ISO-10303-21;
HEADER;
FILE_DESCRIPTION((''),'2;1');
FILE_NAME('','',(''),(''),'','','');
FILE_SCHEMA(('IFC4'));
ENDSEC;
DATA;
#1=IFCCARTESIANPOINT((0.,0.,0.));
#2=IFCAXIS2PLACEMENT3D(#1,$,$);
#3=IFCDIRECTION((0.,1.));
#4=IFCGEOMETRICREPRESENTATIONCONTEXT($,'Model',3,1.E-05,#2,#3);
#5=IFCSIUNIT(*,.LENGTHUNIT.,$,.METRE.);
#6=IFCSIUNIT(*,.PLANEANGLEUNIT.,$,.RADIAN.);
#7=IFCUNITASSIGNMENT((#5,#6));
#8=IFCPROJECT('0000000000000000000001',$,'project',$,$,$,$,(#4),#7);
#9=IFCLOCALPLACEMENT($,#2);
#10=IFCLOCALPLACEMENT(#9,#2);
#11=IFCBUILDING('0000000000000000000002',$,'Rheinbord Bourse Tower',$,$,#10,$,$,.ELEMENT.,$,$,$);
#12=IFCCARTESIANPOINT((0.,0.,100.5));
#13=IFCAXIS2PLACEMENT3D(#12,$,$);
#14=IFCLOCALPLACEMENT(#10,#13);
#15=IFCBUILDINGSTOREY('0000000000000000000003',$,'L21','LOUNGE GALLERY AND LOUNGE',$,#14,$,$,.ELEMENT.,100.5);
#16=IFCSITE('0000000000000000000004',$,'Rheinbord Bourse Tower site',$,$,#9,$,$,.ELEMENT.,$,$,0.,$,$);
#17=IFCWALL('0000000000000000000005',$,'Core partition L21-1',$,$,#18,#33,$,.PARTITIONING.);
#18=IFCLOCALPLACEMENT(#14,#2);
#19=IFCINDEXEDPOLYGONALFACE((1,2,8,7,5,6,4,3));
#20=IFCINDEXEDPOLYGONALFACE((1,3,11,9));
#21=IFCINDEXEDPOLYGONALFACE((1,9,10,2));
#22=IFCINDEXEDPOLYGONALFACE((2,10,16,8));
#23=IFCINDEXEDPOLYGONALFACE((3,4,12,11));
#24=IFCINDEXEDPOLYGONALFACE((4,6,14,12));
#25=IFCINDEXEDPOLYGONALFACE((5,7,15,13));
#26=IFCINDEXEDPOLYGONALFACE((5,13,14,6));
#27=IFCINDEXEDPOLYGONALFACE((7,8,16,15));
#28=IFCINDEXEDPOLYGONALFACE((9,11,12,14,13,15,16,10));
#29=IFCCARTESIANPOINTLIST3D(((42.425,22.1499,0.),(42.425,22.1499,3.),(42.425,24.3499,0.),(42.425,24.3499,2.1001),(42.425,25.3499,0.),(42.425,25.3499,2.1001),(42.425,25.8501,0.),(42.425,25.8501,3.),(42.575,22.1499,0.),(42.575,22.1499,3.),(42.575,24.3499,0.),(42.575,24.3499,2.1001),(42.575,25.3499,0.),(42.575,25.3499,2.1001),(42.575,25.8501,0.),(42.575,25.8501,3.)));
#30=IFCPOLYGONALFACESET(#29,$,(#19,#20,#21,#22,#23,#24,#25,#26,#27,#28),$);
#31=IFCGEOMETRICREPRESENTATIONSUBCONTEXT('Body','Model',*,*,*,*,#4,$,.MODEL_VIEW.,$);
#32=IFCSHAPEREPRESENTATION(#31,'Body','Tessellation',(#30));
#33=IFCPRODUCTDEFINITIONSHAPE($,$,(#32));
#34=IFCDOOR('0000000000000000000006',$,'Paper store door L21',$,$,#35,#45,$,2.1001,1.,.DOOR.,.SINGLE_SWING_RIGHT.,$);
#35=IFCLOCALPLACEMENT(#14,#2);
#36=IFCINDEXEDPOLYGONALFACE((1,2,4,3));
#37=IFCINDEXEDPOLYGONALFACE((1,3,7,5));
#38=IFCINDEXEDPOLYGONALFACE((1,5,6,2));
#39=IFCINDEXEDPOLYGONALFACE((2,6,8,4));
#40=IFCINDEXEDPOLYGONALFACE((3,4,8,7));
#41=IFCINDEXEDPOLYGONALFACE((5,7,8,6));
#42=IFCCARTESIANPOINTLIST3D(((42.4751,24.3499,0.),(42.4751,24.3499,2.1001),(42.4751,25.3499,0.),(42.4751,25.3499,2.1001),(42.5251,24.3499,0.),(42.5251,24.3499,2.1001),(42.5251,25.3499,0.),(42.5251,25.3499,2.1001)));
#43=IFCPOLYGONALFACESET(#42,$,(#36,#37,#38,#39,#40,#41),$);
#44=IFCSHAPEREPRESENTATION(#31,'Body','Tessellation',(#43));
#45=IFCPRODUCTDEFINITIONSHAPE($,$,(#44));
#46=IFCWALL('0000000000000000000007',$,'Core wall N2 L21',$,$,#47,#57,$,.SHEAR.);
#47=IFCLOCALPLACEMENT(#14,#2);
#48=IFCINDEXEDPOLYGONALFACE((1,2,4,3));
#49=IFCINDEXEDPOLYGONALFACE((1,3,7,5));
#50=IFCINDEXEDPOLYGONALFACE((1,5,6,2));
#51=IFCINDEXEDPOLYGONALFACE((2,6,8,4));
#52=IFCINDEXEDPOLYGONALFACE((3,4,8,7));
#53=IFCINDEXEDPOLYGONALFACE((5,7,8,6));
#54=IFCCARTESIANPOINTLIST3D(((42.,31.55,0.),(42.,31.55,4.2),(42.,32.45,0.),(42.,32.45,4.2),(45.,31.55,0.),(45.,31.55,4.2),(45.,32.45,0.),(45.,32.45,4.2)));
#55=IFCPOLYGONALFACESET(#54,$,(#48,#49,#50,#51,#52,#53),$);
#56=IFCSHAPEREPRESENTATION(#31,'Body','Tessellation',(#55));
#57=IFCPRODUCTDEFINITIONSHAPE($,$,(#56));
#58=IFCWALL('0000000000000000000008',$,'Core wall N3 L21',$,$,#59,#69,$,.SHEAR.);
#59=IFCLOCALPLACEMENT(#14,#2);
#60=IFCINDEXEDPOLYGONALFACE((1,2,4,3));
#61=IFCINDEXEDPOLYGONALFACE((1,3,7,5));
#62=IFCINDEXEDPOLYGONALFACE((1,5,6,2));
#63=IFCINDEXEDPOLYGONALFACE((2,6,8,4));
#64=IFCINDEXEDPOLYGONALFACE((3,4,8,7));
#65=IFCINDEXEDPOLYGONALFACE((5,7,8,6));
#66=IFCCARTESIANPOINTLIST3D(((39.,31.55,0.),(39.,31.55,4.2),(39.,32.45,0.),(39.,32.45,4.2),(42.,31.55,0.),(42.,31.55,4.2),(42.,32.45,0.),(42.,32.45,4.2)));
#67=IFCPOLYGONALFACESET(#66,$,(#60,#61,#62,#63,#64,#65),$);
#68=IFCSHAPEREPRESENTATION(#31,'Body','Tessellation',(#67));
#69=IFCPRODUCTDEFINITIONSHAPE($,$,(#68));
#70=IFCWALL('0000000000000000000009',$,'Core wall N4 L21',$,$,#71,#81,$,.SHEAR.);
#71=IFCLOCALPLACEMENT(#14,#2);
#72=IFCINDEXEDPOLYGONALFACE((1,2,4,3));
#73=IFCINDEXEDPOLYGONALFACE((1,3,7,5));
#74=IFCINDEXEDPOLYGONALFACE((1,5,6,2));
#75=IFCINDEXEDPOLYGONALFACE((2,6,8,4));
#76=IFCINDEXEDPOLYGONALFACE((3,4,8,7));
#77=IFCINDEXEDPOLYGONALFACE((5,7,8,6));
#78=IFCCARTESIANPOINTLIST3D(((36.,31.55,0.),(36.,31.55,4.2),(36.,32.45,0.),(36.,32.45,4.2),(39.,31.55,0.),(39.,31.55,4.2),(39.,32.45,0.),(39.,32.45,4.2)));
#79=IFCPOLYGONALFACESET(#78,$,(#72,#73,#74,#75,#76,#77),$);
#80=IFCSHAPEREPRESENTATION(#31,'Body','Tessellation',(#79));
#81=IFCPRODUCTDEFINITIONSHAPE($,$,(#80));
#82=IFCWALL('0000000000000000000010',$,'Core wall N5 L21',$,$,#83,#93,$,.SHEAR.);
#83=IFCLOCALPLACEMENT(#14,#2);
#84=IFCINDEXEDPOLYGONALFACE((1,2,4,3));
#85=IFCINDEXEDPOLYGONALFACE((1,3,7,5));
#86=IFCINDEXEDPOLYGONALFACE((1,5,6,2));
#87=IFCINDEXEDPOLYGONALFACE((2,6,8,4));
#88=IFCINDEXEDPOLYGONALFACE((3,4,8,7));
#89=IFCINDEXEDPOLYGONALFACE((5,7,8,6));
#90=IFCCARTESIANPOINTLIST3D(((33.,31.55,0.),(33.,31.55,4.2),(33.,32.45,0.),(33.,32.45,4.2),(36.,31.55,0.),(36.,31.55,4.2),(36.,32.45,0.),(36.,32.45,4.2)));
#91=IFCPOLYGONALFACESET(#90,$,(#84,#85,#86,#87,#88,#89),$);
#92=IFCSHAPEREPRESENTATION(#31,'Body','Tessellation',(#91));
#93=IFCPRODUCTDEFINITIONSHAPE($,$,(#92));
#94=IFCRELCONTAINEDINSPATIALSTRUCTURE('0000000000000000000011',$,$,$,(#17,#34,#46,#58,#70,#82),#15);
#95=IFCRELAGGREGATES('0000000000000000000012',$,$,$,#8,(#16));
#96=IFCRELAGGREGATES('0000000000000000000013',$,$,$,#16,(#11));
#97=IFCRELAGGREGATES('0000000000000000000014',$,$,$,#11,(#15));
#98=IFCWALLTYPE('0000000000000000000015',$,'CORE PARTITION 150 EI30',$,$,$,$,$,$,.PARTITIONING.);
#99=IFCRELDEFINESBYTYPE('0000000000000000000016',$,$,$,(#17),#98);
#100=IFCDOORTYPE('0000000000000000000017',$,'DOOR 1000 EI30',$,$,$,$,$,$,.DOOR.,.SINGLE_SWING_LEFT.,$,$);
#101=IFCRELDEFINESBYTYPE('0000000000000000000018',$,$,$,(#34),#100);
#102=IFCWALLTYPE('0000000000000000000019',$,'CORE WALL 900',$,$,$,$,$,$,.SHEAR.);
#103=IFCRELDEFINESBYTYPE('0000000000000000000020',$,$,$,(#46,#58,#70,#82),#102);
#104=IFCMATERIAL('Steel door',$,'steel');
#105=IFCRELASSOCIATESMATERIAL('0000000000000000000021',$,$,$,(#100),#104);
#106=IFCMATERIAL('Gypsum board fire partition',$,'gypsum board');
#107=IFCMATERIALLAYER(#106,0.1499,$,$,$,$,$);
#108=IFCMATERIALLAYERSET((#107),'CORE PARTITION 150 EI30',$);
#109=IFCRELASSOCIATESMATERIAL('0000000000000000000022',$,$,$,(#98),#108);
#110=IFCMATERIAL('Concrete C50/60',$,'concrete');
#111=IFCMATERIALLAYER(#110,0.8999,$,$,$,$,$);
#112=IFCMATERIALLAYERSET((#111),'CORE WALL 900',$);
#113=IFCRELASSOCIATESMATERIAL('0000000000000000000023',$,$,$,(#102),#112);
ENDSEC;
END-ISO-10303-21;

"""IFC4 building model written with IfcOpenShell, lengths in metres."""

from ifc_helpers import new_model, si_unit, direction, frame, frame_2d, origin, place, context, subcontext, project, spatial, rectangle, extrude, material, layer, layer_set, type_object, element, fill, save


model = new_model("IFC4")

# Units and contexts
model_context = context("Model", 3, precision=1e-05, world=origin(), true_north=direction((0.0, 1.0)))
body_context = subcontext(model_context, "Body", "Model", "MODEL_VIEW")
ifc_project = project(units=[si_unit("LENGTHUNIT", "METRE"), si_unit("PLANEANGLEUNIT", "RADIAN")], contexts=[model_context])

# Site, building, storey
site_placement = place(None, origin())
site = spatial("IfcSite", under=ifc_project, at=site_placement, Name="Rheinbord Bourse Tower site", CompositionType="ELEMENT", RefElevation=0.0)
building_placement = place(site_placement, origin())
building = spatial("IfcBuilding", under=site, at=building_placement, Name="Rheinbord Bourse Tower", CompositionType="ELEMENT")
storey_placement = place(building_placement, frame((0.0, 0.0, 100.5)))
storey = spatial("IfcBuildingStorey", under=building, at=storey_placement, Name="L21", Description="LOUNGE GALLERY AND LOUNGE", CompositionType="ELEMENT", Elevation=100.5)

# Shared definitions
ifc_material_1 = material(Name="Steel door", Category="steel")
door_type_1 = type_object("IfcDoorType", Name="DOOR 1000 EI30", OperationType="SINGLE_SWING_LEFT", PredefinedType="DOOR", material=ifc_material_1)

# Wall, opening, door
ifc_material_2 = material(Name="Gypsum board fire partition", Category="gypsum board")
ifc_layer_1 = layer(ifc_material_2, 0.1499)
ifc_layer_set_1 = layer_set([ifc_layer_1], Name="CORE PARTITION 150 EI30")
wall_type_1 = type_object("IfcWallType", Name="CORE PARTITION 150 EI30", PredefinedType="PARTITIONING", material=ifc_layer_set_1)
wall_1_placement = place(storey_placement, frame((42.5, 22.1499, 0.0), z_axis=(0.0, 0.0, 1.0), x_axis=(0.0, 1.0, 0.0)))
wall_1 = element("IfcWall", 1, at=wall_1_placement, inside=storey, type_object=wall_type_1, Name="Core partition L21-1", PredefinedType="PARTITIONING", context=body_context, shape_type="SweptSolid", body=[
    extrude(rectangle(XDim=3.7002, YDim=0.1499, at=frame_2d((1.8501, 0.0))), origin(), (0.0, 0.0, 1.0), 3.0),
])
opening_1_placement = place(wall_1_placement, frame((2.2, 0.0, 0.0)))
opening_1 = element("IfcOpeningElement", 2, at=opening_1_placement, cuts=wall_1, PredefinedType="OPENING", context=body_context, shape_type="SweptSolid", body=[
    extrude(rectangle(XDim=1.0, YDim=2.1001, at=frame_2d((0.5, 1.05))), frame((0.0, 0.085, 0.0), z_axis=(0.0, -1.0, 0.0), x_axis=(1.0, 0.0, 0.0)), (0.0, 0.0, 1.0), 0.1699),
])
door_1_placement = place(opening_1_placement, origin())
door_1 = element("IfcDoor", 3, at=door_1_placement, inside=storey, type_object=door_type_1, Name="Paper store door L21", OperationType="SINGLE_SWING_RIGHT", OverallHeight=2.1001, OverallWidth=1.0, PredefinedType="DOOR", context=body_context, shape_type="SweptSolid", body=[
    extrude(rectangle(XDim=1.0, YDim=2.1001, at=frame_2d((0.5, 1.05))), frame((0.0, 0.0249, 0.0), z_axis=(0.0, -1.0, 0.0), x_axis=(1.0, 0.0, 0.0)), (0.0, 0.0, 1.0), 0.05),
])
fill(opening_1, door_1)

# Walls
ifc_material_3 = material(Name="Concrete C50/60", Category="concrete")
ifc_layer_2 = layer(ifc_material_3, 0.8999)
ifc_layer_set_2 = layer_set([ifc_layer_2], Name="CORE WALL 900")
wall_type_2 = type_object("IfcWallType", Name="CORE WALL 900", PredefinedType="SHEAR", material=ifc_layer_set_2)
for number, where, z_axis, x_axis, name in (
    (4, (45.0, 32.0, 0.0), (0.0, 0.0, 1.0), (-1.0, 0.0, 0.0), "Core wall N2 L21"),
    (5, (42.0, 32.0, 0.0), (0.0, 0.0, 1.0), (-1.0, 0.0, 0.0), "Core wall N3 L21"),
    (6, (39.0, 32.0, 0.0), (0.0, 0.0, 1.0), (-1.0, 0.0, 0.0), "Core wall N4 L21"),
    (7, (36.0, 32.0, 0.0), (0.0, 0.0, 1.0), (-1.0, 0.0, 0.0), "Core wall N5 L21"),
):
    element("IfcWall", number, at=place(storey_placement, frame(where, z_axis=z_axis, x_axis=x_axis)), inside=storey, type_object=wall_type_2, Name=name, PredefinedType="SHEAR", context=body_context, shape_type="SweptSolid", body=[
        extrude(rectangle(XDim=3.0, YDim=0.8999, at=frame_2d((1.5, 0.0))), origin(), (0.0, 0.0, 1.0), 4.2),
    ])

save(model, "model.ifc")
